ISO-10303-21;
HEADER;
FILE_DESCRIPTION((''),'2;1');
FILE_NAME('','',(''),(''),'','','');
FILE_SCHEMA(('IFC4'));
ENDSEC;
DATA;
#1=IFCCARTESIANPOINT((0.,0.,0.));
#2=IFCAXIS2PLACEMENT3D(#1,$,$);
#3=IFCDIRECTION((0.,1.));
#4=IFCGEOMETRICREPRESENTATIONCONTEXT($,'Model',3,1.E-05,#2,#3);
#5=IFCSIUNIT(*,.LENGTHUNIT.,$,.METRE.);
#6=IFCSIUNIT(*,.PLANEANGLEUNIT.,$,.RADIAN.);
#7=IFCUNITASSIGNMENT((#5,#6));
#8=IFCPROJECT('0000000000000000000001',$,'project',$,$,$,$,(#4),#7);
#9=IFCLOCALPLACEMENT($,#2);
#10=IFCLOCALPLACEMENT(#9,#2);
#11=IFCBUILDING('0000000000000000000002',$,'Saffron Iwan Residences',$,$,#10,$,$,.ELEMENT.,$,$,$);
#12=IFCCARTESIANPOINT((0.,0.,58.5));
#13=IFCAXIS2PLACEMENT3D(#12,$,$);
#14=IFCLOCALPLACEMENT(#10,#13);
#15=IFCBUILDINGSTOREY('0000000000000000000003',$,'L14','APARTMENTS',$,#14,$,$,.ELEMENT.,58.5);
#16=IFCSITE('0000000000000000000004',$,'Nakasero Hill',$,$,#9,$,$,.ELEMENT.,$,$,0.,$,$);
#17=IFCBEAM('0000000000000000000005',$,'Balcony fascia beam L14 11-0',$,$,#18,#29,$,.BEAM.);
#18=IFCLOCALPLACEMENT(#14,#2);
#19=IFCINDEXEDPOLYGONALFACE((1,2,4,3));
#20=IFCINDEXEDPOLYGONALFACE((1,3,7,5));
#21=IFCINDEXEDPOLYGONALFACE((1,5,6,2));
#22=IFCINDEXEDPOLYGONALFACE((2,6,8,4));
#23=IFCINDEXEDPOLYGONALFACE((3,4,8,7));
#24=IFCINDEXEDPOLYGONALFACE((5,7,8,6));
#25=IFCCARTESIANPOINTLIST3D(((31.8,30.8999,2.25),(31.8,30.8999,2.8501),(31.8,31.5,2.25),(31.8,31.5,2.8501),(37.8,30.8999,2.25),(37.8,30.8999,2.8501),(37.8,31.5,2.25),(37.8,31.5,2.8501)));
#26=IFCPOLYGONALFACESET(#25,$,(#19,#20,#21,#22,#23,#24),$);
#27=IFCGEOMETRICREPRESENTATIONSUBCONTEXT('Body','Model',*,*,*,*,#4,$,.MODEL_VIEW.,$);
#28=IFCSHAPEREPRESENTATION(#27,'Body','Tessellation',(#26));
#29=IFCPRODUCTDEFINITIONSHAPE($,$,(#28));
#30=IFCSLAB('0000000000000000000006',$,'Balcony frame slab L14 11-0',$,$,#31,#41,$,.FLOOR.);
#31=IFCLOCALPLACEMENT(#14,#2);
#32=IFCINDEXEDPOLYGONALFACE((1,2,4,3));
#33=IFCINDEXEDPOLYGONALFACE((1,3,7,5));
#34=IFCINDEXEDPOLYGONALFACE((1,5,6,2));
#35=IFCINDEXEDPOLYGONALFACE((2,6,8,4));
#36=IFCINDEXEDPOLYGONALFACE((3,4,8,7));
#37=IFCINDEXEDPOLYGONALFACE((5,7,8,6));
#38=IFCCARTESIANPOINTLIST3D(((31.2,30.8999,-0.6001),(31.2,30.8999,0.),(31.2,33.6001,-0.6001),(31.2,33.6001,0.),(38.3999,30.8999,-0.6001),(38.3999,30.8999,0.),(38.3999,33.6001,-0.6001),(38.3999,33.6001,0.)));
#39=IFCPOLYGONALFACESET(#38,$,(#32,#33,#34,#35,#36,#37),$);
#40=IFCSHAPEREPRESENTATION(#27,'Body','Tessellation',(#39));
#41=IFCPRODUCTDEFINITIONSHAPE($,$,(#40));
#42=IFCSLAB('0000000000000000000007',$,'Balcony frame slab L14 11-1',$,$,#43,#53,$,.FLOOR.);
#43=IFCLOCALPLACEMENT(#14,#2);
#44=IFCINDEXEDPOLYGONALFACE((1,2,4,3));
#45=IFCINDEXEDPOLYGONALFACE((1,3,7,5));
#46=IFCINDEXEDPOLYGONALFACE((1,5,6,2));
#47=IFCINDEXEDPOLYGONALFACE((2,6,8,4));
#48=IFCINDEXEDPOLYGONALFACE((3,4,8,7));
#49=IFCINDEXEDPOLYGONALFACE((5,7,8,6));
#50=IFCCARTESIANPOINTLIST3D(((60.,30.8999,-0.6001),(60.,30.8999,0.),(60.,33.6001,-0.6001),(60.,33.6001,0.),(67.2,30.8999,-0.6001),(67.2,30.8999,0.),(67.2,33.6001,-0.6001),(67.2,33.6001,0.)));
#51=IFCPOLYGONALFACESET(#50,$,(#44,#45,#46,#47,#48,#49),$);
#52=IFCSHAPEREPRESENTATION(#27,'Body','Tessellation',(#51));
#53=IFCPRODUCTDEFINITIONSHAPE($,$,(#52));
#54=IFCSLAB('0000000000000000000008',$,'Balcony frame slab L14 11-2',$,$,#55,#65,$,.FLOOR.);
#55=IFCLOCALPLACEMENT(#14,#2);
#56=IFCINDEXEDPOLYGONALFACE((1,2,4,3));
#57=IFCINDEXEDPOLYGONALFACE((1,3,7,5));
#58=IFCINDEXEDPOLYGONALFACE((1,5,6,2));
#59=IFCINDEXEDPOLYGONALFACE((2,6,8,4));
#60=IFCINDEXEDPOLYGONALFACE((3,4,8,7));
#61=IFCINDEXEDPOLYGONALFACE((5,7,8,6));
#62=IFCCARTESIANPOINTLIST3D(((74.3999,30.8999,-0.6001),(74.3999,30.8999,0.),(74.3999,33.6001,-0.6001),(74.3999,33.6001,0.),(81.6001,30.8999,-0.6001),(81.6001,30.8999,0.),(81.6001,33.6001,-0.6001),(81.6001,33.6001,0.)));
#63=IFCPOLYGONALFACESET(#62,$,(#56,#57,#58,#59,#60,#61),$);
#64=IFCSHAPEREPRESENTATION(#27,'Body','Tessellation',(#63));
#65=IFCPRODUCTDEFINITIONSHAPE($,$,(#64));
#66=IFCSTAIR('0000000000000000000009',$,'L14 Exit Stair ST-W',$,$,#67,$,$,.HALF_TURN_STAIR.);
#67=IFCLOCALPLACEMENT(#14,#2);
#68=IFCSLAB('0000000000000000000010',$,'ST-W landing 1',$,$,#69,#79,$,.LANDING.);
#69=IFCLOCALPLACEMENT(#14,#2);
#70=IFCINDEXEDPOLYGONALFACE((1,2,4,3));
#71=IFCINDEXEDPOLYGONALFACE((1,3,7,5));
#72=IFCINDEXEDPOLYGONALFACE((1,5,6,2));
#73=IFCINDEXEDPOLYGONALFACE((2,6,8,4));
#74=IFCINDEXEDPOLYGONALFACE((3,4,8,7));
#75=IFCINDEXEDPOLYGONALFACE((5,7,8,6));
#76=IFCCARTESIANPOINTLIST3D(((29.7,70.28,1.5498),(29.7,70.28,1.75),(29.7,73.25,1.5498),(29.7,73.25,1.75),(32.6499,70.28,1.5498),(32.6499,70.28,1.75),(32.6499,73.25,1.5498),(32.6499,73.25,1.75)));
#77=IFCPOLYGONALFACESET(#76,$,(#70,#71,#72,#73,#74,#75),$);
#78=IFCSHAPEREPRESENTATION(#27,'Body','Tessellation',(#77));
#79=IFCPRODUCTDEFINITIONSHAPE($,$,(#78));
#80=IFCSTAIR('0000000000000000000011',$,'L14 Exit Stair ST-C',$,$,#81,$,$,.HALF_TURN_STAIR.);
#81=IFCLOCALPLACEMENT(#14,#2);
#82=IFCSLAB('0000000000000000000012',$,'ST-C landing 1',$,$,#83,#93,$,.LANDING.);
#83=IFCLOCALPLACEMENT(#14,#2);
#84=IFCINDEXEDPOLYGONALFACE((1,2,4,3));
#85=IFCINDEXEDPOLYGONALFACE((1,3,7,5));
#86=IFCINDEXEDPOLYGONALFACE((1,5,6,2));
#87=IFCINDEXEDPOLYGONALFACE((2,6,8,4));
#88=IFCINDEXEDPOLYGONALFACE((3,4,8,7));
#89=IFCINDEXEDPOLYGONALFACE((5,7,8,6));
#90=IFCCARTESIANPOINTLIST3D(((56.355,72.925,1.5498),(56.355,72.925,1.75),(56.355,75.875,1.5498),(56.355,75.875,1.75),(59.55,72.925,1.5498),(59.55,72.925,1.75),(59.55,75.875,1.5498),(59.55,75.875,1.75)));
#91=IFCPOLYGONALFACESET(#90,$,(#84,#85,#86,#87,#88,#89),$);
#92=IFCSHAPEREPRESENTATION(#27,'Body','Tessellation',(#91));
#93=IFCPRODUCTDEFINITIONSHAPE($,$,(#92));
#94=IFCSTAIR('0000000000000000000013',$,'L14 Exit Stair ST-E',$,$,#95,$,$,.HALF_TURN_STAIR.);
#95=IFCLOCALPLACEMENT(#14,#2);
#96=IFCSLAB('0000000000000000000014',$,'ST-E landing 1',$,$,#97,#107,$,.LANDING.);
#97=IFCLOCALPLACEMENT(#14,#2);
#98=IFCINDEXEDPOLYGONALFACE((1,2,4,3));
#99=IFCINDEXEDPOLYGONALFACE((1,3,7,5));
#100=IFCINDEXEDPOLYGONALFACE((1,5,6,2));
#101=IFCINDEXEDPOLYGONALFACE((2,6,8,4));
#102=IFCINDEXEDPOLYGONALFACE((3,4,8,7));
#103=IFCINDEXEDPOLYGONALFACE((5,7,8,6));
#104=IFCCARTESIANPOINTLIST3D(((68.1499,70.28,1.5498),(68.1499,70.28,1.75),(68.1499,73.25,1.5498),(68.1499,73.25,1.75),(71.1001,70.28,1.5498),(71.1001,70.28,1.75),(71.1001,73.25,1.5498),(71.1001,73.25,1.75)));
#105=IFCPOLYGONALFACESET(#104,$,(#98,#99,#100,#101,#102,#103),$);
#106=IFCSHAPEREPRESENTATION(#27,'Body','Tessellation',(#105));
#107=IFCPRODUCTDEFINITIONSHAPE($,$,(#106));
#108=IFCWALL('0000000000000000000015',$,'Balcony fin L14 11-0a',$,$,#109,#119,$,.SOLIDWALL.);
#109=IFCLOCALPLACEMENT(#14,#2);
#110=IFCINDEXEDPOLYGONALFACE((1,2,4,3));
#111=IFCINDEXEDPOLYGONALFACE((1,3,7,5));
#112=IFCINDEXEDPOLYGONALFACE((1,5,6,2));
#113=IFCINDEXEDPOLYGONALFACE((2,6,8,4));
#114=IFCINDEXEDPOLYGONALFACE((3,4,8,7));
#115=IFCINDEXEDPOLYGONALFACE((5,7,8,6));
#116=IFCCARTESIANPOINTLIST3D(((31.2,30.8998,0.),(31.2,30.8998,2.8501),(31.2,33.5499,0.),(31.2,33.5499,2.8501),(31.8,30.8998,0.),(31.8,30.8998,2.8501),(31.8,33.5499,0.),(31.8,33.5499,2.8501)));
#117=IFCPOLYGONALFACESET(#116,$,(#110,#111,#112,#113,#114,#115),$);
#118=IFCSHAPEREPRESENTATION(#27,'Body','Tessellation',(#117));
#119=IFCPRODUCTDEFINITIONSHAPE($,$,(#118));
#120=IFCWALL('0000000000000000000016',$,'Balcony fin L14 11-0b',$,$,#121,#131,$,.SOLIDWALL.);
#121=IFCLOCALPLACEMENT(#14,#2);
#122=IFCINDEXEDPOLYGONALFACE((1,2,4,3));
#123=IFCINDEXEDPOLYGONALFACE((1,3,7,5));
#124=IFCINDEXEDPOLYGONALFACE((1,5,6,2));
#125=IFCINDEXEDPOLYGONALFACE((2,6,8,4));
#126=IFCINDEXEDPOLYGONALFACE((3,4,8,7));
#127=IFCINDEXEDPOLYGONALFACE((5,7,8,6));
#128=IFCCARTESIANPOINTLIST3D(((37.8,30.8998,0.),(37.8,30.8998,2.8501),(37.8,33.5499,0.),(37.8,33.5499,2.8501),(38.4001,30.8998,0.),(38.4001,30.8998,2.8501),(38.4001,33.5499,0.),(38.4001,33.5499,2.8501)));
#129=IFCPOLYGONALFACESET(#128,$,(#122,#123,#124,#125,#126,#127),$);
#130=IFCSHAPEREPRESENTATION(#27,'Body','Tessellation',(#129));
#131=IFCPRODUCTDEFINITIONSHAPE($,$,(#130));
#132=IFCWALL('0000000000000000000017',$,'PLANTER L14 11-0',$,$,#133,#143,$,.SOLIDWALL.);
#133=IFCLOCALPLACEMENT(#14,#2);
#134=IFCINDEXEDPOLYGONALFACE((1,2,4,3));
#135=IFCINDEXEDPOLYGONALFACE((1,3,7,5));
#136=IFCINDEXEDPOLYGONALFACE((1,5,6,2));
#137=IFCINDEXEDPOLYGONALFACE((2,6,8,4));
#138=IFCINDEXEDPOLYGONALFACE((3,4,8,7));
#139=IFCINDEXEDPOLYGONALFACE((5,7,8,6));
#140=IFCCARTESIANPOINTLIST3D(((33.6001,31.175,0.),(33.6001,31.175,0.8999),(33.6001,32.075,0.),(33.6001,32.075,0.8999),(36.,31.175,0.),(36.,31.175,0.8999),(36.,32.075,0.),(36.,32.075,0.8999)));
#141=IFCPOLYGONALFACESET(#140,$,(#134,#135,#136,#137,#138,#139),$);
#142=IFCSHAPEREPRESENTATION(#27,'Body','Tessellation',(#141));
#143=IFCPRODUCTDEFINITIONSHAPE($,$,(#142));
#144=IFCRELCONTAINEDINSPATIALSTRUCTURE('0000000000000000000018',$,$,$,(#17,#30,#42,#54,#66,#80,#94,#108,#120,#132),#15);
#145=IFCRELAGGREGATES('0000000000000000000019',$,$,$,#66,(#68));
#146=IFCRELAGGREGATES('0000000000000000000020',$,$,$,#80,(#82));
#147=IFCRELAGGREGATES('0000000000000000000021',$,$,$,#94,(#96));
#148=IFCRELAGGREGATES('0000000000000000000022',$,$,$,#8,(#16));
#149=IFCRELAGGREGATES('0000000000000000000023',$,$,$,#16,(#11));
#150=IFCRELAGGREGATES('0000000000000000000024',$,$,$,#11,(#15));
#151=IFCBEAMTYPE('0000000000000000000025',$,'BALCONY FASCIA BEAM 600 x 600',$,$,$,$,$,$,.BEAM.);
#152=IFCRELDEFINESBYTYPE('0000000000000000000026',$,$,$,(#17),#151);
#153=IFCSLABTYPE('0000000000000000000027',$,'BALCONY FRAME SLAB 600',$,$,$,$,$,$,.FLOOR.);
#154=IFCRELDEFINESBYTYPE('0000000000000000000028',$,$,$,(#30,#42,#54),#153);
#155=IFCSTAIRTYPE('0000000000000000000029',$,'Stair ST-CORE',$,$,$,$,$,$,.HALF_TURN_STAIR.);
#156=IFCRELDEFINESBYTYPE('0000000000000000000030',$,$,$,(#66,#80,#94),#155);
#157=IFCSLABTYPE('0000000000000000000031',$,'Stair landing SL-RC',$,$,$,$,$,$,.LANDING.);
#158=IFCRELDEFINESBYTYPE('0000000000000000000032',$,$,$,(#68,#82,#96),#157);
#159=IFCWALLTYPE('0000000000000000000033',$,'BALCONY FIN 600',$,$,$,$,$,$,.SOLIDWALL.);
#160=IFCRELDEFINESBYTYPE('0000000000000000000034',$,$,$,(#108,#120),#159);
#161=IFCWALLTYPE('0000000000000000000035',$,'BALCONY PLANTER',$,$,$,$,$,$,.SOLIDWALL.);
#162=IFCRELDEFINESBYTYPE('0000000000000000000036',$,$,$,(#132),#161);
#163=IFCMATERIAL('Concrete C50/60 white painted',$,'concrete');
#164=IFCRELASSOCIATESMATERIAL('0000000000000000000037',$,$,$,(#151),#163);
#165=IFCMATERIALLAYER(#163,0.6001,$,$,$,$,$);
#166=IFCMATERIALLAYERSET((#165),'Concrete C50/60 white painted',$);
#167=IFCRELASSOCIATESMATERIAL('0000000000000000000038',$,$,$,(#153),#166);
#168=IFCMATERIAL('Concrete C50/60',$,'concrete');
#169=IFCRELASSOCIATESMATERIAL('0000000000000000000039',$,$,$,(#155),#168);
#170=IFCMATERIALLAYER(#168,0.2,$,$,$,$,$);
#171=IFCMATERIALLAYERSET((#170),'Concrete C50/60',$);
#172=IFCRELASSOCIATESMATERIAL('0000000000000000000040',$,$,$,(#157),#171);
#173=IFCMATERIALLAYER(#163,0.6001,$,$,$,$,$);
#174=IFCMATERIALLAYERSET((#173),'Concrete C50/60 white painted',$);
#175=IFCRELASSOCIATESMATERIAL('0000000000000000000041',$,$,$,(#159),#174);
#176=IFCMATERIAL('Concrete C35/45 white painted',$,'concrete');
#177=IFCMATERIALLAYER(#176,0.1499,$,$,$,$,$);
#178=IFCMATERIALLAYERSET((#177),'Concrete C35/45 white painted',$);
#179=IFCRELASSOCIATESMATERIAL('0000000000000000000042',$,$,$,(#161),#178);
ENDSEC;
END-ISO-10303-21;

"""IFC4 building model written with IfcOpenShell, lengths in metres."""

from ifc_helpers import new_model, si_unit, direction, frame, frame_2d, origin, origin_2d, place, context, subcontext, project, spatial, polyline, rectangle, outline, extrude, source, transform, mapped, material, layer, layer_set, material_profile, profile_set, type_object, element, aggregate, save


model = new_model("IFC4")

# Units and contexts
model_context = context("Model", 3, precision=1e-05, world=origin(), true_north=direction((0.0, 1.0)))
body_context = subcontext(model_context, "Body", "Model", "MODEL_VIEW")
ifc_project = project(units=[si_unit("LENGTHUNIT", "METRE"), si_unit("PLANEANGLEUNIT", "RADIAN")], contexts=[model_context])

# Site, building, storey
site_placement = place(None, origin())
site = spatial("IfcSite", under=ifc_project, at=site_placement, Name="Nakasero Hill", CompositionType="ELEMENT", RefElevation=0.0)
building_placement = place(site_placement, origin())
building = spatial("IfcBuilding", under=site, at=building_placement, Name="Saffron Iwan Residences", CompositionType="ELEMENT")
storey_placement = place(building_placement, frame((0.0, 0.0, 58.5)))
storey = spatial("IfcBuildingStorey", under=building, at=storey_placement, Name="L14", Description="APARTMENTS", CompositionType="ELEMENT", Elevation=58.5)

# Beam
ifc_material_1 = material(Name="Concrete C50/60 white painted", Category="concrete")
ifc_material_profile = material_profile(ifc_material_1, rectangle(XDim=0.6001, YDim=0.6001, at=origin_2d()), Name="BALCONY FASCIA BEAM 600 x 600")
ifc_profile_set = profile_set([ifc_material_profile], Name="Concrete C50/60 white painted")
beam_type = type_object("IfcBeamType", Name="BALCONY FASCIA BEAM 600 x 600", PredefinedType="BEAM", material=ifc_profile_set)
shared_shape = source(origin(), body_context, "Body", "SweptSolid", [
    extrude(rectangle(XDim=0.6001, YDim=0.6001, at=origin_2d()), origin(), (0.0, 0.0, 1.0), 6.0),
])
beam_placement = place(storey_placement, frame((31.8, 31.2, 2.55), z_axis=(1.0, 0.0, 0.0), x_axis=(0.0, 1.0, 0.0)))
element("IfcBeam", 1, at=beam_placement, inside=storey, type_object=beam_type, Name="Balcony fascia beam L14 11-0", PredefinedType="BEAM", context=body_context, shape_type="MappedRepresentation", body=[
    mapped(shared_shape, transform((0.0, 0.0, 0.0))),
])

# Slabs
ifc_layer_1 = layer(ifc_material_1, 0.6001)
ifc_layer_set_1 = layer_set([ifc_layer_1], Name="Concrete C50/60 white painted")
slab_type_1 = type_object("IfcSlabType", Name="BALCONY FRAME SLAB 600", PredefinedType="FLOOR", material=ifc_layer_set_1)
slab_1_placement = place(storey_placement, frame((0.0, 0.0, -0.6001)))
element("IfcSlab", 2, at=slab_1_placement, inside=storey, type_object=slab_type_1, Name="Balcony frame slab L14 11-0", PredefinedType="FLOOR", context=body_context, shape_type="SweptSolid", body=[
    extrude(outline(polyline([(31.2, 30.8999), (38.3999, 30.8999), (38.3999, 33.6001), (31.2, 33.6001), (31.2, 30.8999)])), origin(), (0.0, 0.0, 1.0), 0.6001),
])
slab_2_placement = place(storey_placement, frame((0.0, 0.0, -0.6001)))
element("IfcSlab", 3, at=slab_2_placement, inside=storey, type_object=slab_type_1, Name="Balcony frame slab L14 11-1", PredefinedType="FLOOR", context=body_context, shape_type="SweptSolid", body=[
    extrude(outline(polyline([(60.0, 30.8999), (67.2, 30.8999), (67.2, 33.6001), (60.0, 33.6001), (60.0, 30.8999)])), origin(), (0.0, 0.0, 1.0), 0.6001),
])
slab_3_placement = place(storey_placement, frame((0.0, 0.0, -0.6001)))
element("IfcSlab", 4, at=slab_3_placement, inside=storey, type_object=slab_type_1, Name="Balcony frame slab L14 11-2", PredefinedType="FLOOR", context=body_context, shape_type="SweptSolid", body=[
    extrude(outline(polyline([(74.3999, 30.8999), (81.6001, 30.8999), (81.6001, 33.6001), (74.3999, 33.6001), (74.3999, 30.8999)])), origin(), (0.0, 0.0, 1.0), 0.6001),
])

# Stairs, slabs
ifc_material_2 = material(Name="Concrete C50/60", Category="concrete")
stair_type = type_object("IfcStairType", Name="Stair ST-CORE", PredefinedType="HALF_TURN_STAIR", material=ifc_material_2)
stair_1_placement = place(storey_placement, origin())
stair_1 = element("IfcStair", 5, at=stair_1_placement, inside=storey, type_object=stair_type, Name="L14 Exit Stair ST-W", PredefinedType="HALF_TURN_STAIR")
ifc_layer_2 = layer(ifc_material_2, 0.2)
ifc_layer_set_2 = layer_set([ifc_layer_2], Name="Concrete C50/60")
slab_type_2 = type_object("IfcSlabType", Name="Stair landing SL-RC", PredefinedType="LANDING", material=ifc_layer_set_2)
slab_4_placement = place(storey_placement, frame((0.0, 0.0, 1.5498)))
slab_4 = element("IfcSlab", 6, at=slab_4_placement, type_object=slab_type_2, Name="ST-W landing 1", PredefinedType="LANDING", context=body_context, shape_type="SweptSolid", body=[
    extrude(outline(polyline([(32.6499, 70.28), (32.6499, 73.25), (29.7, 73.25), (29.7, 70.28), (32.6499, 70.28)])), origin(), (0.0, 0.0, 1.0), 0.2002),
])
aggregate(stair_1, [slab_4])
stair_2_placement = place(storey_placement, origin())
stair_2 = element("IfcStair", 7, at=stair_2_placement, inside=storey, type_object=stair_type, Name="L14 Exit Stair ST-C", PredefinedType="HALF_TURN_STAIR")
slab_5_placement = place(storey_placement, frame((0.0, 0.0, 1.5498)))
slab_5 = element("IfcSlab", 8, at=slab_5_placement, type_object=slab_type_2, Name="ST-C landing 1", PredefinedType="LANDING", context=body_context, shape_type="SweptSolid", body=[
    extrude(outline(polyline([(56.355, 72.925), (59.55, 72.925), (59.55, 75.875), (56.355, 75.875), (56.355, 72.925)])), origin(), (0.0, 0.0, 1.0), 0.2002),
])
aggregate(stair_2, [slab_5])
stair_3_placement = place(storey_placement, origin())
stair_3 = element("IfcStair", 9, at=stair_3_placement, inside=storey, type_object=stair_type, Name="L14 Exit Stair ST-E", PredefinedType="HALF_TURN_STAIR")
slab_6_placement = place(storey_placement, frame((0.0, 0.0, 1.5498)))
slab_6 = element("IfcSlab", 10, at=slab_6_placement, type_object=slab_type_2, Name="ST-E landing 1", PredefinedType="LANDING", context=body_context, shape_type="SweptSolid", body=[
    extrude(outline(polyline([(71.1001, 70.28), (71.1001, 73.25), (68.1499, 73.25), (68.1499, 70.28), (71.1001, 70.28)])), origin(), (0.0, 0.0, 1.0), 0.2002),
])
aggregate(stair_3, [slab_6])

# Walls
ifc_layer_3 = layer(ifc_material_1, 0.6001)
ifc_layer_set_3 = layer_set([ifc_layer_3], Name="Concrete C50/60 white painted")
wall_type_1 = type_object("IfcWallType", Name="BALCONY FIN 600", PredefinedType="SOLIDWALL", material=ifc_layer_set_3)
for number, where, z_axis, x_axis, name in (
    (11, (31.5, 33.55, 0.0), (0.0, 0.0, 1.0), (0.0, -1.0, 0.0), "Balcony fin L14 11-0a"),
    (12, (38.1001, 33.55, 0.0), (0.0, 0.0, 1.0), (0.0, -1.0, 0.0), "Balcony fin L14 11-0b"),
):
    element("IfcWall", number, at=place(storey_placement, frame(where, z_axis=z_axis, x_axis=x_axis)), inside=storey, type_object=wall_type_1, Name=name, PredefinedType="SOLIDWALL", context=body_context, shape_type="SweptSolid", body=[
        extrude(rectangle(XDim=2.6501, YDim=0.6001, at=frame_2d((1.3252, 0.0))), origin(), (0.0, 0.0, 1.0), 2.8501),
    ])
ifc_material_3 = material(Name="Concrete C35/45 white painted", Category="concrete")
ifc_layer_4 = layer(ifc_material_3, 0.1499)
ifc_layer_set_4 = layer_set([ifc_layer_4], Name="Concrete C35/45 white painted")
wall_type_2 = type_object("IfcWallType", Name="BALCONY PLANTER", PredefinedType="SOLIDWALL", material=ifc_layer_set_4)
wall_placement = place(storey_placement, frame((33.6001, 31.625, 0.0), z_axis=(0.0, 0.0, 1.0), x_axis=(1.0, 0.0, 0.0)))
element("IfcWall", 13, at=wall_placement, inside=storey, type_object=wall_type_2, Name="PLANTER L14 11-0", PredefinedType="SOLIDWALL", context=body_context, shape_type="SweptSolid", body=[
    extrude(rectangle(XDim=2.3999, YDim=0.8999, at=frame_2d((1.2, 0.0))), origin(), (0.0, 0.0, 1.0), 0.8999),
])

save(model, "model.ifc")
